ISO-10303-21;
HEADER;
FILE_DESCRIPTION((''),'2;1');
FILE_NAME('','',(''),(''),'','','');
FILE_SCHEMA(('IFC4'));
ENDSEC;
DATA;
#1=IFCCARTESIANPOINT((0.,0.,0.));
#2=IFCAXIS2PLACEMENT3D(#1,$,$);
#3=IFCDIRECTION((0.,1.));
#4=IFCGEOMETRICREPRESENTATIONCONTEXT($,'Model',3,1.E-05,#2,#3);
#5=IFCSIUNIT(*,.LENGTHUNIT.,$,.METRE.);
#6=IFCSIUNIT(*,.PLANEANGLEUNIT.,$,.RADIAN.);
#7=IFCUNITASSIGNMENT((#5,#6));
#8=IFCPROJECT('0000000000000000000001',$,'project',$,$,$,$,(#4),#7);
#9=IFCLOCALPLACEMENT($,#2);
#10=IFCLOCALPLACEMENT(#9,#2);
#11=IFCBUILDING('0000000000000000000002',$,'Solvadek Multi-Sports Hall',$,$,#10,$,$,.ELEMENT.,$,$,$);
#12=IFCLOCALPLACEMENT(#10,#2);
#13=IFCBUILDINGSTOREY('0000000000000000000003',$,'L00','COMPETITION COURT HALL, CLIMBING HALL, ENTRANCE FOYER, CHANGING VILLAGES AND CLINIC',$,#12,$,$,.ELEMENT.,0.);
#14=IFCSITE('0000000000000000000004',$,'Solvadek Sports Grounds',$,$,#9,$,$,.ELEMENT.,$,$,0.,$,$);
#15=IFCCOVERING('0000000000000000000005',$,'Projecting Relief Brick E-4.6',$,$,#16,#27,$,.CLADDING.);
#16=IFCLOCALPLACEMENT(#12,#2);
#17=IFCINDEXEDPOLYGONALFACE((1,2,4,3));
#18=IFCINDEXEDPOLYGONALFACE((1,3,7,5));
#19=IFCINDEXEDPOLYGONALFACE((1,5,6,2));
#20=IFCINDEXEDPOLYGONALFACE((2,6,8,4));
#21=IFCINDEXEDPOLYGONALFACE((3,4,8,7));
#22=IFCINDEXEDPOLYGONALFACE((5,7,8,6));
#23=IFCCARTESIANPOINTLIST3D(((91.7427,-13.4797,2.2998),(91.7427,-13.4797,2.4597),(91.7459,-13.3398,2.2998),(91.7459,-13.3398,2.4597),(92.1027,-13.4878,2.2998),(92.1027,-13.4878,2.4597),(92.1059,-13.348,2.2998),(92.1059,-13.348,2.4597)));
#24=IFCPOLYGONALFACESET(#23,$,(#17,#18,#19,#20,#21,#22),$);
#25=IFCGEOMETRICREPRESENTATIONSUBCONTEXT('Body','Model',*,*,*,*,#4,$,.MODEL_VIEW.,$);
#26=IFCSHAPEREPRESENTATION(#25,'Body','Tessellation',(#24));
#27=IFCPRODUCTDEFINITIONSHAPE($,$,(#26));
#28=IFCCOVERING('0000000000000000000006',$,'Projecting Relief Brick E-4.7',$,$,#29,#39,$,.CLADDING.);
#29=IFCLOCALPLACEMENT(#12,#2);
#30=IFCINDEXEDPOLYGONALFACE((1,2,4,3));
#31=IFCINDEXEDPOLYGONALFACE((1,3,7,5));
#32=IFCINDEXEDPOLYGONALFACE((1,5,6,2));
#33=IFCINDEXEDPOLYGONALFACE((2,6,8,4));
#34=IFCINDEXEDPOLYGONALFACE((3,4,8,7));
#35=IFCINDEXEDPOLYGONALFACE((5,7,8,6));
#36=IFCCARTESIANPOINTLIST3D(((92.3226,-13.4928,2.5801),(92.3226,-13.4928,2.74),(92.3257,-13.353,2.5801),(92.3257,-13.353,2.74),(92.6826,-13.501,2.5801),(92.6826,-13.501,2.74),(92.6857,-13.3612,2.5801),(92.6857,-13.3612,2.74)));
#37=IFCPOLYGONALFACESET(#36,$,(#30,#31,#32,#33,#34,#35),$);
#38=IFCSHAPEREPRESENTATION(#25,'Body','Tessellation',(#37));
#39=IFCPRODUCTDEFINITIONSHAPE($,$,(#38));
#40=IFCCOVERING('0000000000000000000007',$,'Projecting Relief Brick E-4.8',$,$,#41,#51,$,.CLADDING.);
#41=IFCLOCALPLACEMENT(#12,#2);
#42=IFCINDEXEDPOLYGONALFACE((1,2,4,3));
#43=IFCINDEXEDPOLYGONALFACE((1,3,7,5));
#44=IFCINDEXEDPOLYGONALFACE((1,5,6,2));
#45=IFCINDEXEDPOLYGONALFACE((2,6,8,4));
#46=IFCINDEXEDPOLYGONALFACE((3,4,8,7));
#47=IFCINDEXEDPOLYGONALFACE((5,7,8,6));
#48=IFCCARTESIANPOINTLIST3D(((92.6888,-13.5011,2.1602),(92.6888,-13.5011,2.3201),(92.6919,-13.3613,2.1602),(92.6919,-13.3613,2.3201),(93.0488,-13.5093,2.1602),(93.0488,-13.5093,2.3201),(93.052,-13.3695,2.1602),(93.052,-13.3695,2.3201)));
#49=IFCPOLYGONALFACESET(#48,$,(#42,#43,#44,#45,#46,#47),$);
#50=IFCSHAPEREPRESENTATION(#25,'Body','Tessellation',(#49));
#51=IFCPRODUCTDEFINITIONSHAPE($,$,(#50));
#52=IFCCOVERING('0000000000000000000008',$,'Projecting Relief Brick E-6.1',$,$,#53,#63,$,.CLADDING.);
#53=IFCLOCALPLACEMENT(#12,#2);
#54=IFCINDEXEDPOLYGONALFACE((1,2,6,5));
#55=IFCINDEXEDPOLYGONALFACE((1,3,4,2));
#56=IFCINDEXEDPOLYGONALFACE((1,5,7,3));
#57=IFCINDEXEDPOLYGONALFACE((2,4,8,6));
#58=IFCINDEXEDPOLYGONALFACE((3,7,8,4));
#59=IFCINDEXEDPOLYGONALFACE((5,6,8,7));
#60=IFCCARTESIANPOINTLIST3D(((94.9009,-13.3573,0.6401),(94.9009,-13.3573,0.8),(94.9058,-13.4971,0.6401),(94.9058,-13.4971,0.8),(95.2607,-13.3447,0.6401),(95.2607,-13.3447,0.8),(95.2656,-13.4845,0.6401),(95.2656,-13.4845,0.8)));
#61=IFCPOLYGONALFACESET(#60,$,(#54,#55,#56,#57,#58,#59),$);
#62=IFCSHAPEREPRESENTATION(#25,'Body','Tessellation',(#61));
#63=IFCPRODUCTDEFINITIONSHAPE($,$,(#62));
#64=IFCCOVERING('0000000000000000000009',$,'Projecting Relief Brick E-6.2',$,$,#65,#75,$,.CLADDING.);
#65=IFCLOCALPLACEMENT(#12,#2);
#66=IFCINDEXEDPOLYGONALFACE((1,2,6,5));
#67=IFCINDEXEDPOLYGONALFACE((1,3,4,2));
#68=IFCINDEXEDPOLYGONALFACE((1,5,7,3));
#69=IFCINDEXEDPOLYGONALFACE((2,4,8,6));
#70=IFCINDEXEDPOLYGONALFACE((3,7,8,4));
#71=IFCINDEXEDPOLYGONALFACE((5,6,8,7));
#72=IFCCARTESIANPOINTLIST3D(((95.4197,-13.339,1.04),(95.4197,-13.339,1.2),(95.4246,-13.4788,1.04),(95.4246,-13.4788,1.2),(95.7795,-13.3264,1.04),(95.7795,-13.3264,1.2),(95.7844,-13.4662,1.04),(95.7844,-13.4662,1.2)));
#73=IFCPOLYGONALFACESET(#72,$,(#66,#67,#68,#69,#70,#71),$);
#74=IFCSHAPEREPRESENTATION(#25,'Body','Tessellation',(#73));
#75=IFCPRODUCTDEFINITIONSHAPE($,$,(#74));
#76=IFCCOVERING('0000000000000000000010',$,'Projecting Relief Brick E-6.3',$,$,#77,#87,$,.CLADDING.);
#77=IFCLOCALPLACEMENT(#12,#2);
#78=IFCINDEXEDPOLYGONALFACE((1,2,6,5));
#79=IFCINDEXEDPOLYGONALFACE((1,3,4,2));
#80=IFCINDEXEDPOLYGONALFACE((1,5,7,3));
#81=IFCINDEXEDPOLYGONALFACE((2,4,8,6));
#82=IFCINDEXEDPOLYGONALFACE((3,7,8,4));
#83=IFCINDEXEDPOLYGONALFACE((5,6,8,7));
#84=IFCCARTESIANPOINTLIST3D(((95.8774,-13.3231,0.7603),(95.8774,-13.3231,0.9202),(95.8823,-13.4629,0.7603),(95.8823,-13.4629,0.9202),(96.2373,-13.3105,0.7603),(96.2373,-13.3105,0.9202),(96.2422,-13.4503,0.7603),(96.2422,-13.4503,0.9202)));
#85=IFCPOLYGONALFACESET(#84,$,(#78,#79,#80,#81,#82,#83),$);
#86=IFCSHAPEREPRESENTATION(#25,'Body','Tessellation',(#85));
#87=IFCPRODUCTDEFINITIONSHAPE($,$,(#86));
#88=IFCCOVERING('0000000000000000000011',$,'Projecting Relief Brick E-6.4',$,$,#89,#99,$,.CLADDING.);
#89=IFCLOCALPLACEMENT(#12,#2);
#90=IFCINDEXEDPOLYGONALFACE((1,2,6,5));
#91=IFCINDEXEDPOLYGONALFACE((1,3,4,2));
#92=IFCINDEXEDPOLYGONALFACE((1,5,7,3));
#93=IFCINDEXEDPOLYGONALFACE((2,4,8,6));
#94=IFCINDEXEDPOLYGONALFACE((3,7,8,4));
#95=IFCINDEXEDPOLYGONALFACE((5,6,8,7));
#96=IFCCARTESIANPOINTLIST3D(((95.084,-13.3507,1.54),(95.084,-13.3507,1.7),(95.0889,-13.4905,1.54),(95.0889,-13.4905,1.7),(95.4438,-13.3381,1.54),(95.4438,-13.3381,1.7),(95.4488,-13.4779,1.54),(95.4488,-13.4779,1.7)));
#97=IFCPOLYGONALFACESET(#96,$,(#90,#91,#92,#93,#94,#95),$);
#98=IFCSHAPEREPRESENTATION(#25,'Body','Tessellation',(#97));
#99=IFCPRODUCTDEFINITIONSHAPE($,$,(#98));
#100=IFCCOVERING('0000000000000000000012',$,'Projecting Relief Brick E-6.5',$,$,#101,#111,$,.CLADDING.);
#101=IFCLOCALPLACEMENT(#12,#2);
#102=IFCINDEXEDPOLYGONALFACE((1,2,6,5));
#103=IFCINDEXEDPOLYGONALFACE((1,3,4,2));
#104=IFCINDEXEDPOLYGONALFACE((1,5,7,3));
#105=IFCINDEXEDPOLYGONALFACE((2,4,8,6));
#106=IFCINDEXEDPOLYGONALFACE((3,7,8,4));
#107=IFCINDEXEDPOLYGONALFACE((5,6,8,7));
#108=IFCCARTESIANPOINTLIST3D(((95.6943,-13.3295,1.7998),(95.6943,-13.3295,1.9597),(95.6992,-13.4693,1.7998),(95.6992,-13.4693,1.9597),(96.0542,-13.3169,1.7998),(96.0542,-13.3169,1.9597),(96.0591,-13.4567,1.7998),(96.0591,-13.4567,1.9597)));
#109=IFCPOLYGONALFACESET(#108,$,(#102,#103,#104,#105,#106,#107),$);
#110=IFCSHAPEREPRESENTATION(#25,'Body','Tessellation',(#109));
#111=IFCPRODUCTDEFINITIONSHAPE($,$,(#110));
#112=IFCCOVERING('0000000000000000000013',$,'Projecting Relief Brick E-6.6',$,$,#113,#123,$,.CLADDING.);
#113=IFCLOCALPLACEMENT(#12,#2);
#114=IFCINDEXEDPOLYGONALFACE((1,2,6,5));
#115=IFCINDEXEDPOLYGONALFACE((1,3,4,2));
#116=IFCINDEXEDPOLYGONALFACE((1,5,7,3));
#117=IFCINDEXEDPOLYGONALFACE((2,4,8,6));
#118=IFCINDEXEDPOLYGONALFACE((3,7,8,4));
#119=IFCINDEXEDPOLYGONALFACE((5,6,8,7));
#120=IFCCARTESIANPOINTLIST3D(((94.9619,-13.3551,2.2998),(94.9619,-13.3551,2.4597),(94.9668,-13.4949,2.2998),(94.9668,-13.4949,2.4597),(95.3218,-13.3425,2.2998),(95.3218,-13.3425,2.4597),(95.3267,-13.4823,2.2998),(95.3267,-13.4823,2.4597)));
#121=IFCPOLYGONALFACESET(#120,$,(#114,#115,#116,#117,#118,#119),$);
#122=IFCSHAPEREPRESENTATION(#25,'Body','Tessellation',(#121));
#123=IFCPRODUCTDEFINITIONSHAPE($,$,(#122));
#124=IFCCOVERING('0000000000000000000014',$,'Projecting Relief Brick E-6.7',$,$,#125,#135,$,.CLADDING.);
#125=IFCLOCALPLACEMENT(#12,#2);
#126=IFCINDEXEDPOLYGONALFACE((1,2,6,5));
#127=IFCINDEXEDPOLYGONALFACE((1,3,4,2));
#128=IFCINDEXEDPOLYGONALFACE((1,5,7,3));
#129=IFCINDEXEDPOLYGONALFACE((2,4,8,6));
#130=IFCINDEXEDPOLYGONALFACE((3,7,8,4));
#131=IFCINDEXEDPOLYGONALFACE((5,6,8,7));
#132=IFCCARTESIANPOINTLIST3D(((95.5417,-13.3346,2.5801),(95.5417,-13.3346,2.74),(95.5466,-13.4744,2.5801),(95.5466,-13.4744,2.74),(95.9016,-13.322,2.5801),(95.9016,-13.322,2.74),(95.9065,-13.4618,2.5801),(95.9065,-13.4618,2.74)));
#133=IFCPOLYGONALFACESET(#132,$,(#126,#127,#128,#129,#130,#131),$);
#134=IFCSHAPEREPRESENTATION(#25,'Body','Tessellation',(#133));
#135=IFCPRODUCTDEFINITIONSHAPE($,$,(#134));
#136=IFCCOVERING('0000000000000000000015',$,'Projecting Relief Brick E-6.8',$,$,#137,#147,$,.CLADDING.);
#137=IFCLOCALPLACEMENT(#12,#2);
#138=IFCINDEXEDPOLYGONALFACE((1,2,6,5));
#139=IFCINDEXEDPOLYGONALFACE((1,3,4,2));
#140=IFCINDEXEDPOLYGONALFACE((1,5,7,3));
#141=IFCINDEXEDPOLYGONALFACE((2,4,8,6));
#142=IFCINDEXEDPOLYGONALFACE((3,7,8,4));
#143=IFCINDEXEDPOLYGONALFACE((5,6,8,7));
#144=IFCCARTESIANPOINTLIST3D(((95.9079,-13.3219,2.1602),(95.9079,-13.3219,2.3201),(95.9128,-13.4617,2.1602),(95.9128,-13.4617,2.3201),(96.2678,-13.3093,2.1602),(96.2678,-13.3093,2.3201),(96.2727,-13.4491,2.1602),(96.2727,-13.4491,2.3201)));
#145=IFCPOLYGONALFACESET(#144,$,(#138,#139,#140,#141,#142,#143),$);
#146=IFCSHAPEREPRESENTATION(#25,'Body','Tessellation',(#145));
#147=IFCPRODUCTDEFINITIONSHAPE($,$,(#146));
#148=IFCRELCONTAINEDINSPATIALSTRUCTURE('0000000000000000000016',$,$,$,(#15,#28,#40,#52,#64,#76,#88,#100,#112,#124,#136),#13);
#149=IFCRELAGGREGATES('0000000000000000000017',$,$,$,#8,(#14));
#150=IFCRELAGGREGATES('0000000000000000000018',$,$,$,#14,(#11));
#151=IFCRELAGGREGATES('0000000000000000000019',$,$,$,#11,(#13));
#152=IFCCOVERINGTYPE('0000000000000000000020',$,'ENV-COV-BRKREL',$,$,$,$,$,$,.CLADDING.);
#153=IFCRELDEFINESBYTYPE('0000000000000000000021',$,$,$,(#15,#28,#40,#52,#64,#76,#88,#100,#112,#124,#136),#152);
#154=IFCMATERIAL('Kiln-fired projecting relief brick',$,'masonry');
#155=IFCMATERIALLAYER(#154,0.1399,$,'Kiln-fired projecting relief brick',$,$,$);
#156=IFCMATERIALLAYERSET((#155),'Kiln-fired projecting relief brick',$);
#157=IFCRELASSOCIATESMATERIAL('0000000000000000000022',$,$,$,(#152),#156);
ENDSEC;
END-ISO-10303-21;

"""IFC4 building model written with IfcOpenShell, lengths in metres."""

from ifc_helpers import new_model, si_unit, direction, frame, origin, origin_2d, place, context, subcontext, project, spatial, rectangle, extrude, material, layer, layer_set, type_object, element, save


model = new_model("IFC4")

# Units and contexts
model_context = context("Model", 3, precision=1e-05, world=origin(), true_north=direction((0.0, 1.0)))
body_context = subcontext(model_context, "Body", "Model", "MODEL_VIEW")
ifc_project = project(units=[si_unit("LENGTHUNIT", "METRE"), si_unit("PLANEANGLEUNIT", "RADIAN")], contexts=[model_context])

# Site, building, storey
site_placement = place(None, origin())
site = spatial("IfcSite", under=ifc_project, at=site_placement, Name="Solvadek Sports Grounds", CompositionType="ELEMENT", RefElevation=0.0)
building_placement = place(site_placement, origin())
building = spatial("IfcBuilding", under=site, at=building_placement, Name="Solvadek Multi-Sports Hall", CompositionType="ELEMENT")
storey_placement = place(building_placement, origin())
storey = spatial("IfcBuildingStorey", under=building, at=storey_placement, Name="L00", Description="COMPETITION COURT HALL, CLIMBING HALL, ENTRANCE FOYER, CHANGING VILLAGES AND CLINIC", CompositionType="ELEMENT", Elevation=0.0)

# Coverings
ifc_material_1 = material(Name="Kiln-fired projecting relief brick", Category="masonry")
ifc_layer_1 = layer(ifc_material_1, 0.1399, Name="Kiln-fired projecting relief brick")
ifc_layer_set_1 = layer_set([ifc_layer_1], Name="Kiln-fired projecting relief brick")
covering_type = type_object("IfcCoveringType", Name="ENV-COV-BRKREL", PredefinedType="CLADDING", material=ifc_layer_set_1)
for number, where, z_axis, x_axis, name in (
    (1, (91.9243, -13.4138, 2.2998), (0.0, 0.0, 1.0), (0.999743, -0.022673, 0.0), "Projecting Relief Brick E-4.6"),
    (2, (92.5042, -13.427, 2.5801), (0.0, 0.0, 1.0), (0.999743, -0.022673, 0.0), "Projecting Relief Brick E-4.7"),
    (3, (92.8704, -13.4353, 2.1602), (0.0, 0.0, 1.0), (0.999743, -0.022673, 0.0), "Projecting Relief Brick E-4.8"),
    (4, (95.0833, -13.4209, 0.6401), (0.0, 0.0, 1.0), (0.999386, 0.035038, 0.0), "Projecting Relief Brick E-6.1"),
    (5, (95.6021, -13.4026, 1.04), (0.0, 0.0, 1.0), (0.999386, 0.035038, 0.0), "Projecting Relief Brick E-6.2"),
    (6, (96.0598, -13.3867, 0.7603), (0.0, 0.0, 1.0), (0.999386, 0.035038, 0.0), "Projecting Relief Brick E-6.3"),
    (7, (95.2664, -13.4143, 1.54), (0.0, 0.0, 1.0), (0.999386, 0.035038, 0.0), "Projecting Relief Brick E-6.4"),
    (8, (95.8767, -13.3931, 1.7998), (0.0, 0.0, 1.0), (0.999386, 0.035038, 0.0), "Projecting Relief Brick E-6.5"),
    (9, (95.1443, -13.4187, 2.2998), (0.0, 0.0, 1.0), (0.999386, 0.035038, 0.0), "Projecting Relief Brick E-6.6"),
    (10, (95.7241, -13.3982, 2.5801), (0.0, 0.0, 1.0), (0.999386, 0.035038, 0.0), "Projecting Relief Brick E-6.7"),
    (11, (96.0903, -13.3855, 2.1602), (0.0, 0.0, 1.0), (0.999386, 0.035038, 0.0), "Projecting Relief Brick E-6.8"),
):
    element("IfcCovering", number, at=place(storey_placement, frame(where, z_axis=z_axis, x_axis=x_axis)), inside=storey, type_object=covering_type, Name=name, PredefinedType="CLADDING", context=body_context, shape_type="SweptSolid", body=[
        extrude(rectangle(XDim=0.3601, YDim=0.1399, at=origin_2d()), origin(), (0.0, 0.0, 1.0), 0.1599),
    ])

save(model, "model.ifc")
